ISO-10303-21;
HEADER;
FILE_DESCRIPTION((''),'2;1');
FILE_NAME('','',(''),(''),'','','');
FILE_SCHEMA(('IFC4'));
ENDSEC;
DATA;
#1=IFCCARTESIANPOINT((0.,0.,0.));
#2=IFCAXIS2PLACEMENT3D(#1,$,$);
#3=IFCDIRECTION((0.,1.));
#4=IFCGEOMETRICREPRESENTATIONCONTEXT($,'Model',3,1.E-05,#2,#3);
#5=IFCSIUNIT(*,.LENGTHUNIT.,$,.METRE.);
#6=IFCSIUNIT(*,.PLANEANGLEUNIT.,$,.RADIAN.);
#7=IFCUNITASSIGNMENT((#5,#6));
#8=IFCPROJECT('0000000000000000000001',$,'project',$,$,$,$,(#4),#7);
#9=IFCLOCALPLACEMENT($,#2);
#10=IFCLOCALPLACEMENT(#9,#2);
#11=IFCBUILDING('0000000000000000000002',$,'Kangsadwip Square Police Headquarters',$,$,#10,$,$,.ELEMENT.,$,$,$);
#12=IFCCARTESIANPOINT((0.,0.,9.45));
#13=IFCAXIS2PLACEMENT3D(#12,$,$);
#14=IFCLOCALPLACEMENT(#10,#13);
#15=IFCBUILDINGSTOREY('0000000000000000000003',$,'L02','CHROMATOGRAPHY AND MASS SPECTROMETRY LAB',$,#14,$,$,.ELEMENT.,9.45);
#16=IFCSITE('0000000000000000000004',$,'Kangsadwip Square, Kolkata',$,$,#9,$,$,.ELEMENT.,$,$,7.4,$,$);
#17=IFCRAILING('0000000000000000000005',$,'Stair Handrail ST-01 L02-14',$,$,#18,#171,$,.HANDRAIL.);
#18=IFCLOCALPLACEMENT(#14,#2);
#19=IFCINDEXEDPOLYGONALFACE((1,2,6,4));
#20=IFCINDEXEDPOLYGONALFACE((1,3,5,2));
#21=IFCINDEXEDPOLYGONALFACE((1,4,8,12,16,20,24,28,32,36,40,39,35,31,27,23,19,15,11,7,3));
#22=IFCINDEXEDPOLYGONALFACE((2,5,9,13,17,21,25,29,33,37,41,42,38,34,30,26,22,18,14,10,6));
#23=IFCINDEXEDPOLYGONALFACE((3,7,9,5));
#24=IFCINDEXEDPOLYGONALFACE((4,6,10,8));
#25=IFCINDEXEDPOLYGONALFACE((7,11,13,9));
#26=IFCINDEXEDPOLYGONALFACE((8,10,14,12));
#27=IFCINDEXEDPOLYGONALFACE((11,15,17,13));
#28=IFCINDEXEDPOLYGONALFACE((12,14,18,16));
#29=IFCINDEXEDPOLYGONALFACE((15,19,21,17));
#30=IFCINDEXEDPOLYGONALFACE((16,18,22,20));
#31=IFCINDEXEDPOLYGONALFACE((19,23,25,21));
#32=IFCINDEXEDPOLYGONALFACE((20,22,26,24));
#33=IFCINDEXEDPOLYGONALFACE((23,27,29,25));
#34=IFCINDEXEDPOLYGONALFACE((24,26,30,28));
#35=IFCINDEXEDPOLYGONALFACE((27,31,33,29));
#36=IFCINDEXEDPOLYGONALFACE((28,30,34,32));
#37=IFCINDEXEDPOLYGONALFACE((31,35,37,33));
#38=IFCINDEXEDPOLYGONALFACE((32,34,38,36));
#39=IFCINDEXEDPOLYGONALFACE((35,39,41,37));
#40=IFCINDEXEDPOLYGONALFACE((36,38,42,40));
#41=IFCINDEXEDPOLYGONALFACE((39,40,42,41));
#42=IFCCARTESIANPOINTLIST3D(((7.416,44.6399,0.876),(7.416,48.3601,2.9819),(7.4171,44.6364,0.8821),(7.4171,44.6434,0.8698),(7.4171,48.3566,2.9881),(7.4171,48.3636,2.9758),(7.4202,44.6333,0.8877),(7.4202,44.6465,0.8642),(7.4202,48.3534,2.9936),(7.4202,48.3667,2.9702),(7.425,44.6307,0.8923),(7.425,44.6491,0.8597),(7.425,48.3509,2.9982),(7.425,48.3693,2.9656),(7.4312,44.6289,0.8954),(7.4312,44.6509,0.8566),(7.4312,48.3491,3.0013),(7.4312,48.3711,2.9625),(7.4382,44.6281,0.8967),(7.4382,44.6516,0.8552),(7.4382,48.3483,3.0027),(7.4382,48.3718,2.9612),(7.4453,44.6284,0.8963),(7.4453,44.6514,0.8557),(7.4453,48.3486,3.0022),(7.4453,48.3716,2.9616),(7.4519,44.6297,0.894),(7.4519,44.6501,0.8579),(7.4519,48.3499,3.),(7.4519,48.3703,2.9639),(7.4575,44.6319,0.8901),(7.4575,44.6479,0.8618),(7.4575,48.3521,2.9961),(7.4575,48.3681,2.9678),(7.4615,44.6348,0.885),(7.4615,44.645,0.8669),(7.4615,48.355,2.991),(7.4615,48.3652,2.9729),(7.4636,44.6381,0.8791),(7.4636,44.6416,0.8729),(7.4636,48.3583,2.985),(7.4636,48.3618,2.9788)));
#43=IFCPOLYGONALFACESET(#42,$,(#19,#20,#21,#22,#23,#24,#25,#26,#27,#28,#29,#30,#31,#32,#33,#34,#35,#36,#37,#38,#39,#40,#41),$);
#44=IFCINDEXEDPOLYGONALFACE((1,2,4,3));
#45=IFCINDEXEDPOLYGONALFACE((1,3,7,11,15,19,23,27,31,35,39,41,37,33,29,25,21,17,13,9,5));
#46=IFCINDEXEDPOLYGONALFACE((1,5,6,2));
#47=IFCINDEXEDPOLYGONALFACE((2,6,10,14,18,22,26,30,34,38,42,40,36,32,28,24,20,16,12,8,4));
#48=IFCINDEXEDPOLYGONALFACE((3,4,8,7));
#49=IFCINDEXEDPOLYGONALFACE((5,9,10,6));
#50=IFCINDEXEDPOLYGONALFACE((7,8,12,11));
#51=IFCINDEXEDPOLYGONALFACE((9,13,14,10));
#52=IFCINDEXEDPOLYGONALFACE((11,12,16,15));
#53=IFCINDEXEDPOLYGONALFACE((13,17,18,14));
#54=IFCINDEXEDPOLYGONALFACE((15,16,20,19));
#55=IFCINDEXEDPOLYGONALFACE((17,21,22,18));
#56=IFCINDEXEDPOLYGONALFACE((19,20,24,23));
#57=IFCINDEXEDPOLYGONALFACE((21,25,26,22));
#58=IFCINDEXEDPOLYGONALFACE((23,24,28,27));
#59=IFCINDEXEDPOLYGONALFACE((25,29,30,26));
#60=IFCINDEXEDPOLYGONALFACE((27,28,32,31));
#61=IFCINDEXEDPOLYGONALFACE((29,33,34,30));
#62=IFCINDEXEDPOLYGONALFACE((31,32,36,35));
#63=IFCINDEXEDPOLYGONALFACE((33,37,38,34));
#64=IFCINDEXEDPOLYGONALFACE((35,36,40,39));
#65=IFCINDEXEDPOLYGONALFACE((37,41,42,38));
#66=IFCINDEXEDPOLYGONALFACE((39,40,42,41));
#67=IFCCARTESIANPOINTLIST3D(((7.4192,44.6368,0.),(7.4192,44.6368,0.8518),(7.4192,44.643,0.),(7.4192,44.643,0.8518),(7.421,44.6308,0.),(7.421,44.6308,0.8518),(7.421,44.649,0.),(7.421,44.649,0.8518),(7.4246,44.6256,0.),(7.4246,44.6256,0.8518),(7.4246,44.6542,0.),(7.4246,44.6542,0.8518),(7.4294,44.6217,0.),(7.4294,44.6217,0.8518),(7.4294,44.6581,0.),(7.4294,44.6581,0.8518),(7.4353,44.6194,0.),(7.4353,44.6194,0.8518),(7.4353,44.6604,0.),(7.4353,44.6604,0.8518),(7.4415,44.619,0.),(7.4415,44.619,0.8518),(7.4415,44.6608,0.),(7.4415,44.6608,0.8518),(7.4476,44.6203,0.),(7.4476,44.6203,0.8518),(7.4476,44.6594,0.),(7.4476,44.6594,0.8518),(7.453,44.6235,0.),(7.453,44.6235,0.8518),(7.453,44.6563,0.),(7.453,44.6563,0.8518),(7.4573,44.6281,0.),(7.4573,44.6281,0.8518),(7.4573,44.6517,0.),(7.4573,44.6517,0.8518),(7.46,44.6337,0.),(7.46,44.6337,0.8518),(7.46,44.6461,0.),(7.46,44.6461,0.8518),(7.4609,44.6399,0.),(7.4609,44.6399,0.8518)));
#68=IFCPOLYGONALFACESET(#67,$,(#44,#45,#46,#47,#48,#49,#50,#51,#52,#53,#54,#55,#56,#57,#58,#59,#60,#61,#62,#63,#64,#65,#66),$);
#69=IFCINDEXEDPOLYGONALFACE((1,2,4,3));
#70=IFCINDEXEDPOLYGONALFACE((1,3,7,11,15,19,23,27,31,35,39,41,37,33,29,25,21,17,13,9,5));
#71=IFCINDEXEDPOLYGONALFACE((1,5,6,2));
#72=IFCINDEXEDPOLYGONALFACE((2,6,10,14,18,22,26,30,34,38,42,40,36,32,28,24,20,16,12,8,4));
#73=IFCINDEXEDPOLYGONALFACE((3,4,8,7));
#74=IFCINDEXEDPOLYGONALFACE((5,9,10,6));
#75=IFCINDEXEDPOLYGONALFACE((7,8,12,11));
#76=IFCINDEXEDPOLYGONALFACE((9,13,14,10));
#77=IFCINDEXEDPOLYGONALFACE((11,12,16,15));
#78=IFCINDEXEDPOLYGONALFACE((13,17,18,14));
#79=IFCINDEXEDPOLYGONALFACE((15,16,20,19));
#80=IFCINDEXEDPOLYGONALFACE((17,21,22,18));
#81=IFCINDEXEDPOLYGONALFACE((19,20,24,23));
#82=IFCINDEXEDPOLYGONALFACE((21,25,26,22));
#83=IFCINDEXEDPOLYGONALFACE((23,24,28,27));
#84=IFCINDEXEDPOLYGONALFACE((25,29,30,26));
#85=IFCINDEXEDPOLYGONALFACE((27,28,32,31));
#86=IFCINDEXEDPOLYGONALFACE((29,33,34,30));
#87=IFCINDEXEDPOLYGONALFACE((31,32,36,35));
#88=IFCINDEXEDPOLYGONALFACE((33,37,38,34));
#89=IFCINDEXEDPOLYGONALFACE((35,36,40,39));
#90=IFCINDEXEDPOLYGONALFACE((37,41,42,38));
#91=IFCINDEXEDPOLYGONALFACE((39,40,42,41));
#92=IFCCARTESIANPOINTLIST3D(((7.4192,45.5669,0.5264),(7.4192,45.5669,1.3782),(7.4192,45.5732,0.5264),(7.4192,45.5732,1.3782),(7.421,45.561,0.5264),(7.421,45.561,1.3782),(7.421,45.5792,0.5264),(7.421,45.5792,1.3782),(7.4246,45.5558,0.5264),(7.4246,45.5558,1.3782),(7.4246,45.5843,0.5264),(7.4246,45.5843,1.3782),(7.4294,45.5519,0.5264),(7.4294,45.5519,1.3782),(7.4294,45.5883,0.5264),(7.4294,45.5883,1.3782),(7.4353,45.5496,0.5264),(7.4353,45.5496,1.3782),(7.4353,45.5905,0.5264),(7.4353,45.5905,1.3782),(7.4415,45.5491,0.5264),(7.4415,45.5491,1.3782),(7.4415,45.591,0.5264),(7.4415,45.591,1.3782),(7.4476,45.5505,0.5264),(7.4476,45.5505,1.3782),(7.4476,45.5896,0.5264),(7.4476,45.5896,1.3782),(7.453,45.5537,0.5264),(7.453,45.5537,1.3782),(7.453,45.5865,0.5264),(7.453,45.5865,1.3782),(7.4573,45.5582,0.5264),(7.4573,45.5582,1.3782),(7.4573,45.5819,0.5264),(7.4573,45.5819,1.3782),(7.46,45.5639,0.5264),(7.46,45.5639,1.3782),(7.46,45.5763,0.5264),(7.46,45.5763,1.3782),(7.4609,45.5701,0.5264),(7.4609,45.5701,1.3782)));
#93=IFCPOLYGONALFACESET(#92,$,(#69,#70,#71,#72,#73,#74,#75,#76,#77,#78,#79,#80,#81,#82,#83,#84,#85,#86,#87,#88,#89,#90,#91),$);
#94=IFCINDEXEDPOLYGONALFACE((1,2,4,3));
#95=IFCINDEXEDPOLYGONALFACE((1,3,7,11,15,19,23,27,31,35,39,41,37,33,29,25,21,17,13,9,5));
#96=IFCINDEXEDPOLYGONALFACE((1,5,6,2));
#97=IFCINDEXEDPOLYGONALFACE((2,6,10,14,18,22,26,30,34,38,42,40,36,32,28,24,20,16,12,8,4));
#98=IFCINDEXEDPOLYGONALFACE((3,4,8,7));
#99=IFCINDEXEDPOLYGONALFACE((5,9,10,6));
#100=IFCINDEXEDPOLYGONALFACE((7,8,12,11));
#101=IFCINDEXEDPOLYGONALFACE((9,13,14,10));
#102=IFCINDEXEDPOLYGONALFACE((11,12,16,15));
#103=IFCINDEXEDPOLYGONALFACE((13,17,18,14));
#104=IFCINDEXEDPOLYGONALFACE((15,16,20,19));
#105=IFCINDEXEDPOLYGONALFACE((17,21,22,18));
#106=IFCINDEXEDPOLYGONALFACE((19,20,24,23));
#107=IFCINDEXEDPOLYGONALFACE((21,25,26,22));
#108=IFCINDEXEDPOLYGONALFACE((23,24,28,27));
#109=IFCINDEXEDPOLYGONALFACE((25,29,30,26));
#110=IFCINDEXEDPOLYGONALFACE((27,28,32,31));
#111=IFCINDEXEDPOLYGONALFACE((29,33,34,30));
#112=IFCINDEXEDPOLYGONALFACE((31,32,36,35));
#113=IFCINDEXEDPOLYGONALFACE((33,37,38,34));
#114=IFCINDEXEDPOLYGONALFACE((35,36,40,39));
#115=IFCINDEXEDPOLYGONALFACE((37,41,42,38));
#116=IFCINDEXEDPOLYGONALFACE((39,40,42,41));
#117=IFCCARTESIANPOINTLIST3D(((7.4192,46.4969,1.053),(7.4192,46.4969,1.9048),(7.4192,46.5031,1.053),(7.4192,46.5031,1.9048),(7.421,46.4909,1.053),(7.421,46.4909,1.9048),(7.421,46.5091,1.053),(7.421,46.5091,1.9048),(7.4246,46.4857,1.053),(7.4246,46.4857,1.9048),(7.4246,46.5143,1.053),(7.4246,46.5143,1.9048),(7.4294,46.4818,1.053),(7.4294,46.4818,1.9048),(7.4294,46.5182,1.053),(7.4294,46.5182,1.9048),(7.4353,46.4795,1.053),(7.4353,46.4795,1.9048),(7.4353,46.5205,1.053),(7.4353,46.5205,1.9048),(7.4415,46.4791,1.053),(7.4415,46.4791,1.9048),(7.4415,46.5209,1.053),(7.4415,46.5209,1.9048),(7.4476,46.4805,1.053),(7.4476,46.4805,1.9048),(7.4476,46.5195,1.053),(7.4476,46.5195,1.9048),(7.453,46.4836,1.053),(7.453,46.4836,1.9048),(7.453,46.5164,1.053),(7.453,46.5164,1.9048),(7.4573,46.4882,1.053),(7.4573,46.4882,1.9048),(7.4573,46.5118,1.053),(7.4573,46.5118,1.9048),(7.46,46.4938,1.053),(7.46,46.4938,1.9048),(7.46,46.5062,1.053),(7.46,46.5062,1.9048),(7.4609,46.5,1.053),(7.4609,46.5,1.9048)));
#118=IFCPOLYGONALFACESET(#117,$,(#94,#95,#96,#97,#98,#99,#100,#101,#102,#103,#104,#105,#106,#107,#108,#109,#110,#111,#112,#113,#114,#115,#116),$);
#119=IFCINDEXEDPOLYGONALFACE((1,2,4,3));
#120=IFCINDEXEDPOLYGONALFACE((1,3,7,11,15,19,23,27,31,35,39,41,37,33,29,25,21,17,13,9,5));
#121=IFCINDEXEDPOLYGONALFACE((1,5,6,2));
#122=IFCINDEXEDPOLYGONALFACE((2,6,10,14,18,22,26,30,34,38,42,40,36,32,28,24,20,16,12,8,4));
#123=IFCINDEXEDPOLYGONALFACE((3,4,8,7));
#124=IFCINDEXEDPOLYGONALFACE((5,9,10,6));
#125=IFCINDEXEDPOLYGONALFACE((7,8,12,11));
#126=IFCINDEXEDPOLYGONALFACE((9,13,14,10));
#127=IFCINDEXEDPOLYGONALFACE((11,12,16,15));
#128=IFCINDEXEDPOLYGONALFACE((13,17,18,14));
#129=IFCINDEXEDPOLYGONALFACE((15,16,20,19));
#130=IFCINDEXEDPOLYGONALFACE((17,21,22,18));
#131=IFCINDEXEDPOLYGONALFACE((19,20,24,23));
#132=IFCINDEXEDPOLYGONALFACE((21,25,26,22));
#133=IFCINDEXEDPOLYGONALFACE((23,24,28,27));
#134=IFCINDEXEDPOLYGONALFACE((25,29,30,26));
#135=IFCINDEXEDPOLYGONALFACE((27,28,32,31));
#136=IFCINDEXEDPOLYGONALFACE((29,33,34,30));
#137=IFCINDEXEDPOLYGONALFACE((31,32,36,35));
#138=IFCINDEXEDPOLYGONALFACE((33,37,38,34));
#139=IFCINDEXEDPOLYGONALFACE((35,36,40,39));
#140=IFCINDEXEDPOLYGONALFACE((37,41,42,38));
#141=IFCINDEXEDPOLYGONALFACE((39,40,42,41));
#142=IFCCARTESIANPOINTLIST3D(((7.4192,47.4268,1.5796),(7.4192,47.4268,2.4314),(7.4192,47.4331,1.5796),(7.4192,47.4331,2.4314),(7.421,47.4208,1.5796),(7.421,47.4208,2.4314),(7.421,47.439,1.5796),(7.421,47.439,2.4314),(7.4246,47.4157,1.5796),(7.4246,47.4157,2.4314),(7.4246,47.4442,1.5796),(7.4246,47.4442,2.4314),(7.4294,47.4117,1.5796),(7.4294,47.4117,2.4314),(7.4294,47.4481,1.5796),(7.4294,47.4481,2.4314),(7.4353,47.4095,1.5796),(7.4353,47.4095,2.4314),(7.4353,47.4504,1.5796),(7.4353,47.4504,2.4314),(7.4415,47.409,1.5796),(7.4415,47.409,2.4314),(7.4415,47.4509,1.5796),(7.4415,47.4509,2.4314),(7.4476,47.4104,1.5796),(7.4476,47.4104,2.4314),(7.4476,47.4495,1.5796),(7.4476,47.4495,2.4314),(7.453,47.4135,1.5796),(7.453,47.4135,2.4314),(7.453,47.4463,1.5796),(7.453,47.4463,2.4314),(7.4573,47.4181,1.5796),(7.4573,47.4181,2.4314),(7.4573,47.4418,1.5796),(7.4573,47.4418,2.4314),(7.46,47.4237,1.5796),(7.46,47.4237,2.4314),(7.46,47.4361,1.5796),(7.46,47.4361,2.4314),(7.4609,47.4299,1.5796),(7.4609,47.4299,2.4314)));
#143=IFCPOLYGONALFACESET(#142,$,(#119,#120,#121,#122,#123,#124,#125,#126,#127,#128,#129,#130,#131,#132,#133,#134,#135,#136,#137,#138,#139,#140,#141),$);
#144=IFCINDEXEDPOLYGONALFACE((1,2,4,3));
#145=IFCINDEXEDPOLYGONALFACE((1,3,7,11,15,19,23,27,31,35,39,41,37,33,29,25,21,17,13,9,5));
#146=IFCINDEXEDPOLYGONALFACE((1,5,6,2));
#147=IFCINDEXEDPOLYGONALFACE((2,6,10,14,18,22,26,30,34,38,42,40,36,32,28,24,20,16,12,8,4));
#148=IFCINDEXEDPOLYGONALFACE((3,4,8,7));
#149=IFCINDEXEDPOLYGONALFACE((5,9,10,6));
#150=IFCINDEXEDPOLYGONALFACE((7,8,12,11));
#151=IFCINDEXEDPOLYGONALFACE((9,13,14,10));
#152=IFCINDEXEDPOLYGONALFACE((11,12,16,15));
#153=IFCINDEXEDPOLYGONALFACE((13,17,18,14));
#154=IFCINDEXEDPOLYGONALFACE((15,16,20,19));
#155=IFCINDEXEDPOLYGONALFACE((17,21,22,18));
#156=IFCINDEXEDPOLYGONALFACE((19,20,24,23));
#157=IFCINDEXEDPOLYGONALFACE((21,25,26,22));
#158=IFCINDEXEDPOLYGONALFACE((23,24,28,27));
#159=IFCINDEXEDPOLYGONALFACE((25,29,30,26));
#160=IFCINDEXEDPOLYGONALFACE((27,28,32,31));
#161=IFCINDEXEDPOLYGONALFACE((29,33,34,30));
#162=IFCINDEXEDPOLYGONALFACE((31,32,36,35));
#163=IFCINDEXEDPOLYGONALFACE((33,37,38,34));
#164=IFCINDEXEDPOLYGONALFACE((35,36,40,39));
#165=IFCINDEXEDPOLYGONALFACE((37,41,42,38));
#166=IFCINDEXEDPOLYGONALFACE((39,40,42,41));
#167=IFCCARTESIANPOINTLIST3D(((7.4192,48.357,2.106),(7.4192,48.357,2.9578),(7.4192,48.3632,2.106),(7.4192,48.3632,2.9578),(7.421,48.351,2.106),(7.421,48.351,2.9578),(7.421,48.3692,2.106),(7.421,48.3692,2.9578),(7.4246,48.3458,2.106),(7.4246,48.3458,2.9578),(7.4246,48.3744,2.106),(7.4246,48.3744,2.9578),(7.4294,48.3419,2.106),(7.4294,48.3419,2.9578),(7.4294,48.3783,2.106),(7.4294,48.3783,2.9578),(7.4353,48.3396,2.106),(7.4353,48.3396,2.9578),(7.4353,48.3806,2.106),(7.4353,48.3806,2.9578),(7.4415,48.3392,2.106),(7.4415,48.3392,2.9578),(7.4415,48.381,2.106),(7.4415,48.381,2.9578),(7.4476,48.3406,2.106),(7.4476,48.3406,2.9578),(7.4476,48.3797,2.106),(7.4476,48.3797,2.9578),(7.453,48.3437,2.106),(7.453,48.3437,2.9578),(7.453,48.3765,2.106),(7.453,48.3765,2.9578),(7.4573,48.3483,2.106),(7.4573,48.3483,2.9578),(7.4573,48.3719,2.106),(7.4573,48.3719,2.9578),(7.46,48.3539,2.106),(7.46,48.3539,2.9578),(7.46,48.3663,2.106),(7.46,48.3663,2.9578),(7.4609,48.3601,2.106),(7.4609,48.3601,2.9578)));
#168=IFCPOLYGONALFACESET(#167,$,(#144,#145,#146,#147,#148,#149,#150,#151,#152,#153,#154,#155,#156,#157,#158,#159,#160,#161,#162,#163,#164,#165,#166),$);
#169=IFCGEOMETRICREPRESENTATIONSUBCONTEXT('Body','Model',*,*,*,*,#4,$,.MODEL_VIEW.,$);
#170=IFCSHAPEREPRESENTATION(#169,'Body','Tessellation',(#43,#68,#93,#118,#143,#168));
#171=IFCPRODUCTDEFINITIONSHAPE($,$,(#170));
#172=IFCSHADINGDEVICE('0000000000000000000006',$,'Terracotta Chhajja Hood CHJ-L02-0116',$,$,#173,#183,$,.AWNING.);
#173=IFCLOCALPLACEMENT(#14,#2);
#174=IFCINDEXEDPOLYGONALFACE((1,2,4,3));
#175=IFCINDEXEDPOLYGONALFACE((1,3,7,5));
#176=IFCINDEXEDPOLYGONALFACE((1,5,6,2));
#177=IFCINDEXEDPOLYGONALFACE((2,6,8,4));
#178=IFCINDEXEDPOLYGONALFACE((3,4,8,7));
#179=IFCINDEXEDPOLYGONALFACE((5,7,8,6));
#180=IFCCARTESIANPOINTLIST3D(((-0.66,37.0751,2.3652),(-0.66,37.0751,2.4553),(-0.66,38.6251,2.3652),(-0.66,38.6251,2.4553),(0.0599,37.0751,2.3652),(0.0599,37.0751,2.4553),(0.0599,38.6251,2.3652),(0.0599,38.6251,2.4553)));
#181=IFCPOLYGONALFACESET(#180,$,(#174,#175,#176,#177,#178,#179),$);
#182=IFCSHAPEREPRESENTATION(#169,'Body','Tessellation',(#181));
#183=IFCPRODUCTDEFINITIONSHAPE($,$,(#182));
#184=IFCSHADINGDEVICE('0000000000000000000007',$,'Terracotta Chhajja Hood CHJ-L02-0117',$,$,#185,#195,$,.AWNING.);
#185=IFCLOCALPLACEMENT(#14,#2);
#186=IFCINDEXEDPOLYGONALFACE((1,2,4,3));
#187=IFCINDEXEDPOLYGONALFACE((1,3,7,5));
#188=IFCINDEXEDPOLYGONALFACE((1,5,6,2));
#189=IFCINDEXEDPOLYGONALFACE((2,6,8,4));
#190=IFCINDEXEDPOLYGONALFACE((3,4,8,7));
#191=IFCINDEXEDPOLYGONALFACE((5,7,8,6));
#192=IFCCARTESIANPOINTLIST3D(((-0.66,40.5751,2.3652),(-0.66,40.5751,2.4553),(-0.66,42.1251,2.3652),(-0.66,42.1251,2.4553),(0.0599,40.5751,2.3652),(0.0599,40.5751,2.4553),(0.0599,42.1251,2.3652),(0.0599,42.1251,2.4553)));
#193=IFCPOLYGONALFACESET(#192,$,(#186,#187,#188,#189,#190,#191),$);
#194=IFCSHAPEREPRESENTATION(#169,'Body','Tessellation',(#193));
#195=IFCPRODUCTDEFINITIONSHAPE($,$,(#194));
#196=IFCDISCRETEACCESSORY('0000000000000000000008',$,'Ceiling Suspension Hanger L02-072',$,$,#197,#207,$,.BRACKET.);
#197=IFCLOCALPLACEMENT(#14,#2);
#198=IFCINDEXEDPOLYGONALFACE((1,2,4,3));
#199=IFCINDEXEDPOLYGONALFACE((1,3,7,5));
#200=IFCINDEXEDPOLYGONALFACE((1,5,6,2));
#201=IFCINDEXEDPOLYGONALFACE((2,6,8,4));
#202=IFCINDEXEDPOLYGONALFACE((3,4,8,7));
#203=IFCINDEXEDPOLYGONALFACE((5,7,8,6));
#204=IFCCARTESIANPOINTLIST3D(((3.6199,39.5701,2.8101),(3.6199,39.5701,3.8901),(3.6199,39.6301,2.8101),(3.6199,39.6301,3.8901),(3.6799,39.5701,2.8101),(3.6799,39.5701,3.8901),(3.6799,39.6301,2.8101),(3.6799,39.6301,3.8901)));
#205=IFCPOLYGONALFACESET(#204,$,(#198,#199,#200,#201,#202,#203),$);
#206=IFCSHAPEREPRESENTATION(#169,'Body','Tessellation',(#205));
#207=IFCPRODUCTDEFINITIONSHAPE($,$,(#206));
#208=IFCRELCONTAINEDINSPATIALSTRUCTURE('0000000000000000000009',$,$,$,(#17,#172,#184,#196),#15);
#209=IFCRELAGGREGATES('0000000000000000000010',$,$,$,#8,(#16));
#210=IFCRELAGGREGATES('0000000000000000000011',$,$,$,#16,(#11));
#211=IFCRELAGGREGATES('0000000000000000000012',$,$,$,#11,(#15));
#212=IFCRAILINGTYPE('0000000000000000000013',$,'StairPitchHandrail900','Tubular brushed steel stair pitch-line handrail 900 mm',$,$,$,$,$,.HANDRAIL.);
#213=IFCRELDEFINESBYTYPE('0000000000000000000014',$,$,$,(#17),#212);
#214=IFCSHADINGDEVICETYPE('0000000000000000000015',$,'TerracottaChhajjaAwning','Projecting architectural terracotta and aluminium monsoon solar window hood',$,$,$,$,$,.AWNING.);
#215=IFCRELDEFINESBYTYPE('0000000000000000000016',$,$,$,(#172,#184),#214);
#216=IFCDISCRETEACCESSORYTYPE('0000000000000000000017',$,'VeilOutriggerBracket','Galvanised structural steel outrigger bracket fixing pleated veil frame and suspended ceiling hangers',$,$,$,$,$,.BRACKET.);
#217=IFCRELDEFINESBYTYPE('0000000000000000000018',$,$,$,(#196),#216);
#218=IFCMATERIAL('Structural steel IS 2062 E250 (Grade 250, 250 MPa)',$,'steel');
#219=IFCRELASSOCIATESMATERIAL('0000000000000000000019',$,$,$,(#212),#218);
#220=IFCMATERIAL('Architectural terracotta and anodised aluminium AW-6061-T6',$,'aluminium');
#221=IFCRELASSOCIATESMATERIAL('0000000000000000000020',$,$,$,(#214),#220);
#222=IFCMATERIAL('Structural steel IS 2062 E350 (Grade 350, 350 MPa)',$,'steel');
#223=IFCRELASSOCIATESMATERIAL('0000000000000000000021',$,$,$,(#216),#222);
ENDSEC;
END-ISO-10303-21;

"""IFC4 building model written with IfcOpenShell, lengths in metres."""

from ifc_helpers import new_model, si_unit, direction, frame, origin, origin_2d, place, context, subcontext, project, spatial, rectangle, circle, extrude, material, type_object, element, save


model = new_model("IFC4")

# Units and contexts
model_context = context("Model", 3, precision=1e-05, world=origin(), true_north=direction((0.0, 1.0)))
body_context = subcontext(model_context, "Body", "Model", "MODEL_VIEW")
ifc_project = project(units=[si_unit("LENGTHUNIT", "METRE"), si_unit("PLANEANGLEUNIT", "RADIAN")], contexts=[model_context])

# Site, building, storey
site_placement = place(None, origin())
site = spatial("IfcSite", under=ifc_project, at=site_placement, Name="Kangsadwip Square, Kolkata", CompositionType="ELEMENT", RefElevation=7.4)
building_placement = place(site_placement, origin())
building = spatial("IfcBuilding", under=site, at=building_placement, Name="Kangsadwip Square Police Headquarters", CompositionType="ELEMENT")
storey_placement = place(building_placement, frame((0.0, 0.0, 9.45)))
storey = spatial("IfcBuildingStorey", under=building, at=storey_placement, Name="L02", Description="CHROMATOGRAPHY AND MASS SPECTROMETRY LAB", CompositionType="ELEMENT", Elevation=9.45)

# Railing
ifc_material_1 = material(Name="Structural steel IS 2062 E250 (Grade 250, 250 MPa)", Category="steel")
railing_type = type_object("IfcRailingType", Name="StairPitchHandrail900", Description="Tubular brushed steel stair pitch-line handrail 900 mm", PredefinedType="HANDRAIL", material=ifc_material_1)
railing_placement = place(storey_placement, frame((7.4399, 44.6399, 0.0)))
element("IfcRailing", 1, at=railing_placement, inside=storey, type_object=railing_type, Name="Stair Handrail ST-01 L02-14", PredefinedType="HANDRAIL", context=body_context, shape_type="SweptSolid", body=[
    extrude(circle(Radius=0.0239, at=origin_2d()), frame((0.0, 0.0, 0.876), z_axis=(0.0, 0.870239, 0.492629), x_axis=(-1.0, 0.0, 0.0)), (0.0, 0.0, 1.0), 4.2749),
    extrude(circle(Radius=0.021, at=origin_2d()), origin(), (0.0, 0.0, 1.0), 0.8518),
    extrude(circle(Radius=0.021, at=origin_2d()), frame((0.0, 0.9302, 0.5264)), (0.0, 0.0, 1.0), 0.8518),
    extrude(circle(Radius=0.021, at=origin_2d()), frame((0.0, 1.8601, 1.053)), (0.0, 0.0, 1.0), 0.8518),
    extrude(circle(Radius=0.021, at=origin_2d()), frame((0.0, 2.79, 1.5796)), (0.0, 0.0, 1.0), 0.8518),
    extrude(circle(Radius=0.021, at=origin_2d()), frame((0.0, 3.7202, 2.106)), (0.0, 0.0, 1.0), 0.8518),
])

# Shading devices
ifc_material_2 = material(Name="Architectural terracotta and anodised aluminium AW-6061-T6", Category="aluminium")
shading_device_type = type_object("IfcShadingDeviceType", Name="TerracottaChhajjaAwning", Description="Projecting architectural terracotta and aluminium monsoon solar window hood", PredefinedType="AWNING", material=ifc_material_2)
for number, where, z_axis, x_axis, name in (
    (2, (-0.3, 37.8501, 2.3652), (0.0, 0.0, 1.0), (0.0, 1.0, 0.0), "Terracotta Chhajja Hood CHJ-L02-0116"),
    (3, (-0.3, 41.3501, 2.3652), (0.0, 0.0, 1.0), (0.0, 1.0, 0.0), "Terracotta Chhajja Hood CHJ-L02-0117"),
):
    element("IfcShadingDevice", number, at=place(storey_placement, frame(where, z_axis=z_axis, x_axis=x_axis)), inside=storey, type_object=shading_device_type, Name=name, PredefinedType="AWNING", context=body_context, shape_type="SweptSolid", body=[
        extrude(rectangle(XDim=1.55, YDim=0.72, at=origin_2d()), origin(), (0.0, 0.0, 1.0), 0.0901),
    ])

# Discrete accessory
ifc_material_3 = material(Name="Structural steel IS 2062 E350 (Grade 350, 350 MPa)", Category="steel")
discrete_accessory_type = type_object("IfcDiscreteAccessoryType", Name="VeilOutriggerBracket", Description="Galvanised structural steel outrigger bracket fixing pleated veil frame and suspended ceiling hangers", PredefinedType="BRACKET", material=ifc_material_3)
discrete_accessory_placement = place(storey_placement, frame((3.6499, 39.6001, 2.8101), z_axis=(0.0, 0.0, 1.0), x_axis=(1.0, 0.0, 0.0)))
element("IfcDiscreteAccessory", 4, at=discrete_accessory_placement, inside=storey, type_object=discrete_accessory_type, Name="Ceiling Suspension Hanger L02-072", PredefinedType="BRACKET", context=body_context, shape_type="SweptSolid", body=[
    extrude(rectangle(XDim=0.0601, YDim=0.0601, at=origin_2d()), origin(), (0.0, 0.0, 1.0), 1.0801),
])

save(model, "model.ifc")
